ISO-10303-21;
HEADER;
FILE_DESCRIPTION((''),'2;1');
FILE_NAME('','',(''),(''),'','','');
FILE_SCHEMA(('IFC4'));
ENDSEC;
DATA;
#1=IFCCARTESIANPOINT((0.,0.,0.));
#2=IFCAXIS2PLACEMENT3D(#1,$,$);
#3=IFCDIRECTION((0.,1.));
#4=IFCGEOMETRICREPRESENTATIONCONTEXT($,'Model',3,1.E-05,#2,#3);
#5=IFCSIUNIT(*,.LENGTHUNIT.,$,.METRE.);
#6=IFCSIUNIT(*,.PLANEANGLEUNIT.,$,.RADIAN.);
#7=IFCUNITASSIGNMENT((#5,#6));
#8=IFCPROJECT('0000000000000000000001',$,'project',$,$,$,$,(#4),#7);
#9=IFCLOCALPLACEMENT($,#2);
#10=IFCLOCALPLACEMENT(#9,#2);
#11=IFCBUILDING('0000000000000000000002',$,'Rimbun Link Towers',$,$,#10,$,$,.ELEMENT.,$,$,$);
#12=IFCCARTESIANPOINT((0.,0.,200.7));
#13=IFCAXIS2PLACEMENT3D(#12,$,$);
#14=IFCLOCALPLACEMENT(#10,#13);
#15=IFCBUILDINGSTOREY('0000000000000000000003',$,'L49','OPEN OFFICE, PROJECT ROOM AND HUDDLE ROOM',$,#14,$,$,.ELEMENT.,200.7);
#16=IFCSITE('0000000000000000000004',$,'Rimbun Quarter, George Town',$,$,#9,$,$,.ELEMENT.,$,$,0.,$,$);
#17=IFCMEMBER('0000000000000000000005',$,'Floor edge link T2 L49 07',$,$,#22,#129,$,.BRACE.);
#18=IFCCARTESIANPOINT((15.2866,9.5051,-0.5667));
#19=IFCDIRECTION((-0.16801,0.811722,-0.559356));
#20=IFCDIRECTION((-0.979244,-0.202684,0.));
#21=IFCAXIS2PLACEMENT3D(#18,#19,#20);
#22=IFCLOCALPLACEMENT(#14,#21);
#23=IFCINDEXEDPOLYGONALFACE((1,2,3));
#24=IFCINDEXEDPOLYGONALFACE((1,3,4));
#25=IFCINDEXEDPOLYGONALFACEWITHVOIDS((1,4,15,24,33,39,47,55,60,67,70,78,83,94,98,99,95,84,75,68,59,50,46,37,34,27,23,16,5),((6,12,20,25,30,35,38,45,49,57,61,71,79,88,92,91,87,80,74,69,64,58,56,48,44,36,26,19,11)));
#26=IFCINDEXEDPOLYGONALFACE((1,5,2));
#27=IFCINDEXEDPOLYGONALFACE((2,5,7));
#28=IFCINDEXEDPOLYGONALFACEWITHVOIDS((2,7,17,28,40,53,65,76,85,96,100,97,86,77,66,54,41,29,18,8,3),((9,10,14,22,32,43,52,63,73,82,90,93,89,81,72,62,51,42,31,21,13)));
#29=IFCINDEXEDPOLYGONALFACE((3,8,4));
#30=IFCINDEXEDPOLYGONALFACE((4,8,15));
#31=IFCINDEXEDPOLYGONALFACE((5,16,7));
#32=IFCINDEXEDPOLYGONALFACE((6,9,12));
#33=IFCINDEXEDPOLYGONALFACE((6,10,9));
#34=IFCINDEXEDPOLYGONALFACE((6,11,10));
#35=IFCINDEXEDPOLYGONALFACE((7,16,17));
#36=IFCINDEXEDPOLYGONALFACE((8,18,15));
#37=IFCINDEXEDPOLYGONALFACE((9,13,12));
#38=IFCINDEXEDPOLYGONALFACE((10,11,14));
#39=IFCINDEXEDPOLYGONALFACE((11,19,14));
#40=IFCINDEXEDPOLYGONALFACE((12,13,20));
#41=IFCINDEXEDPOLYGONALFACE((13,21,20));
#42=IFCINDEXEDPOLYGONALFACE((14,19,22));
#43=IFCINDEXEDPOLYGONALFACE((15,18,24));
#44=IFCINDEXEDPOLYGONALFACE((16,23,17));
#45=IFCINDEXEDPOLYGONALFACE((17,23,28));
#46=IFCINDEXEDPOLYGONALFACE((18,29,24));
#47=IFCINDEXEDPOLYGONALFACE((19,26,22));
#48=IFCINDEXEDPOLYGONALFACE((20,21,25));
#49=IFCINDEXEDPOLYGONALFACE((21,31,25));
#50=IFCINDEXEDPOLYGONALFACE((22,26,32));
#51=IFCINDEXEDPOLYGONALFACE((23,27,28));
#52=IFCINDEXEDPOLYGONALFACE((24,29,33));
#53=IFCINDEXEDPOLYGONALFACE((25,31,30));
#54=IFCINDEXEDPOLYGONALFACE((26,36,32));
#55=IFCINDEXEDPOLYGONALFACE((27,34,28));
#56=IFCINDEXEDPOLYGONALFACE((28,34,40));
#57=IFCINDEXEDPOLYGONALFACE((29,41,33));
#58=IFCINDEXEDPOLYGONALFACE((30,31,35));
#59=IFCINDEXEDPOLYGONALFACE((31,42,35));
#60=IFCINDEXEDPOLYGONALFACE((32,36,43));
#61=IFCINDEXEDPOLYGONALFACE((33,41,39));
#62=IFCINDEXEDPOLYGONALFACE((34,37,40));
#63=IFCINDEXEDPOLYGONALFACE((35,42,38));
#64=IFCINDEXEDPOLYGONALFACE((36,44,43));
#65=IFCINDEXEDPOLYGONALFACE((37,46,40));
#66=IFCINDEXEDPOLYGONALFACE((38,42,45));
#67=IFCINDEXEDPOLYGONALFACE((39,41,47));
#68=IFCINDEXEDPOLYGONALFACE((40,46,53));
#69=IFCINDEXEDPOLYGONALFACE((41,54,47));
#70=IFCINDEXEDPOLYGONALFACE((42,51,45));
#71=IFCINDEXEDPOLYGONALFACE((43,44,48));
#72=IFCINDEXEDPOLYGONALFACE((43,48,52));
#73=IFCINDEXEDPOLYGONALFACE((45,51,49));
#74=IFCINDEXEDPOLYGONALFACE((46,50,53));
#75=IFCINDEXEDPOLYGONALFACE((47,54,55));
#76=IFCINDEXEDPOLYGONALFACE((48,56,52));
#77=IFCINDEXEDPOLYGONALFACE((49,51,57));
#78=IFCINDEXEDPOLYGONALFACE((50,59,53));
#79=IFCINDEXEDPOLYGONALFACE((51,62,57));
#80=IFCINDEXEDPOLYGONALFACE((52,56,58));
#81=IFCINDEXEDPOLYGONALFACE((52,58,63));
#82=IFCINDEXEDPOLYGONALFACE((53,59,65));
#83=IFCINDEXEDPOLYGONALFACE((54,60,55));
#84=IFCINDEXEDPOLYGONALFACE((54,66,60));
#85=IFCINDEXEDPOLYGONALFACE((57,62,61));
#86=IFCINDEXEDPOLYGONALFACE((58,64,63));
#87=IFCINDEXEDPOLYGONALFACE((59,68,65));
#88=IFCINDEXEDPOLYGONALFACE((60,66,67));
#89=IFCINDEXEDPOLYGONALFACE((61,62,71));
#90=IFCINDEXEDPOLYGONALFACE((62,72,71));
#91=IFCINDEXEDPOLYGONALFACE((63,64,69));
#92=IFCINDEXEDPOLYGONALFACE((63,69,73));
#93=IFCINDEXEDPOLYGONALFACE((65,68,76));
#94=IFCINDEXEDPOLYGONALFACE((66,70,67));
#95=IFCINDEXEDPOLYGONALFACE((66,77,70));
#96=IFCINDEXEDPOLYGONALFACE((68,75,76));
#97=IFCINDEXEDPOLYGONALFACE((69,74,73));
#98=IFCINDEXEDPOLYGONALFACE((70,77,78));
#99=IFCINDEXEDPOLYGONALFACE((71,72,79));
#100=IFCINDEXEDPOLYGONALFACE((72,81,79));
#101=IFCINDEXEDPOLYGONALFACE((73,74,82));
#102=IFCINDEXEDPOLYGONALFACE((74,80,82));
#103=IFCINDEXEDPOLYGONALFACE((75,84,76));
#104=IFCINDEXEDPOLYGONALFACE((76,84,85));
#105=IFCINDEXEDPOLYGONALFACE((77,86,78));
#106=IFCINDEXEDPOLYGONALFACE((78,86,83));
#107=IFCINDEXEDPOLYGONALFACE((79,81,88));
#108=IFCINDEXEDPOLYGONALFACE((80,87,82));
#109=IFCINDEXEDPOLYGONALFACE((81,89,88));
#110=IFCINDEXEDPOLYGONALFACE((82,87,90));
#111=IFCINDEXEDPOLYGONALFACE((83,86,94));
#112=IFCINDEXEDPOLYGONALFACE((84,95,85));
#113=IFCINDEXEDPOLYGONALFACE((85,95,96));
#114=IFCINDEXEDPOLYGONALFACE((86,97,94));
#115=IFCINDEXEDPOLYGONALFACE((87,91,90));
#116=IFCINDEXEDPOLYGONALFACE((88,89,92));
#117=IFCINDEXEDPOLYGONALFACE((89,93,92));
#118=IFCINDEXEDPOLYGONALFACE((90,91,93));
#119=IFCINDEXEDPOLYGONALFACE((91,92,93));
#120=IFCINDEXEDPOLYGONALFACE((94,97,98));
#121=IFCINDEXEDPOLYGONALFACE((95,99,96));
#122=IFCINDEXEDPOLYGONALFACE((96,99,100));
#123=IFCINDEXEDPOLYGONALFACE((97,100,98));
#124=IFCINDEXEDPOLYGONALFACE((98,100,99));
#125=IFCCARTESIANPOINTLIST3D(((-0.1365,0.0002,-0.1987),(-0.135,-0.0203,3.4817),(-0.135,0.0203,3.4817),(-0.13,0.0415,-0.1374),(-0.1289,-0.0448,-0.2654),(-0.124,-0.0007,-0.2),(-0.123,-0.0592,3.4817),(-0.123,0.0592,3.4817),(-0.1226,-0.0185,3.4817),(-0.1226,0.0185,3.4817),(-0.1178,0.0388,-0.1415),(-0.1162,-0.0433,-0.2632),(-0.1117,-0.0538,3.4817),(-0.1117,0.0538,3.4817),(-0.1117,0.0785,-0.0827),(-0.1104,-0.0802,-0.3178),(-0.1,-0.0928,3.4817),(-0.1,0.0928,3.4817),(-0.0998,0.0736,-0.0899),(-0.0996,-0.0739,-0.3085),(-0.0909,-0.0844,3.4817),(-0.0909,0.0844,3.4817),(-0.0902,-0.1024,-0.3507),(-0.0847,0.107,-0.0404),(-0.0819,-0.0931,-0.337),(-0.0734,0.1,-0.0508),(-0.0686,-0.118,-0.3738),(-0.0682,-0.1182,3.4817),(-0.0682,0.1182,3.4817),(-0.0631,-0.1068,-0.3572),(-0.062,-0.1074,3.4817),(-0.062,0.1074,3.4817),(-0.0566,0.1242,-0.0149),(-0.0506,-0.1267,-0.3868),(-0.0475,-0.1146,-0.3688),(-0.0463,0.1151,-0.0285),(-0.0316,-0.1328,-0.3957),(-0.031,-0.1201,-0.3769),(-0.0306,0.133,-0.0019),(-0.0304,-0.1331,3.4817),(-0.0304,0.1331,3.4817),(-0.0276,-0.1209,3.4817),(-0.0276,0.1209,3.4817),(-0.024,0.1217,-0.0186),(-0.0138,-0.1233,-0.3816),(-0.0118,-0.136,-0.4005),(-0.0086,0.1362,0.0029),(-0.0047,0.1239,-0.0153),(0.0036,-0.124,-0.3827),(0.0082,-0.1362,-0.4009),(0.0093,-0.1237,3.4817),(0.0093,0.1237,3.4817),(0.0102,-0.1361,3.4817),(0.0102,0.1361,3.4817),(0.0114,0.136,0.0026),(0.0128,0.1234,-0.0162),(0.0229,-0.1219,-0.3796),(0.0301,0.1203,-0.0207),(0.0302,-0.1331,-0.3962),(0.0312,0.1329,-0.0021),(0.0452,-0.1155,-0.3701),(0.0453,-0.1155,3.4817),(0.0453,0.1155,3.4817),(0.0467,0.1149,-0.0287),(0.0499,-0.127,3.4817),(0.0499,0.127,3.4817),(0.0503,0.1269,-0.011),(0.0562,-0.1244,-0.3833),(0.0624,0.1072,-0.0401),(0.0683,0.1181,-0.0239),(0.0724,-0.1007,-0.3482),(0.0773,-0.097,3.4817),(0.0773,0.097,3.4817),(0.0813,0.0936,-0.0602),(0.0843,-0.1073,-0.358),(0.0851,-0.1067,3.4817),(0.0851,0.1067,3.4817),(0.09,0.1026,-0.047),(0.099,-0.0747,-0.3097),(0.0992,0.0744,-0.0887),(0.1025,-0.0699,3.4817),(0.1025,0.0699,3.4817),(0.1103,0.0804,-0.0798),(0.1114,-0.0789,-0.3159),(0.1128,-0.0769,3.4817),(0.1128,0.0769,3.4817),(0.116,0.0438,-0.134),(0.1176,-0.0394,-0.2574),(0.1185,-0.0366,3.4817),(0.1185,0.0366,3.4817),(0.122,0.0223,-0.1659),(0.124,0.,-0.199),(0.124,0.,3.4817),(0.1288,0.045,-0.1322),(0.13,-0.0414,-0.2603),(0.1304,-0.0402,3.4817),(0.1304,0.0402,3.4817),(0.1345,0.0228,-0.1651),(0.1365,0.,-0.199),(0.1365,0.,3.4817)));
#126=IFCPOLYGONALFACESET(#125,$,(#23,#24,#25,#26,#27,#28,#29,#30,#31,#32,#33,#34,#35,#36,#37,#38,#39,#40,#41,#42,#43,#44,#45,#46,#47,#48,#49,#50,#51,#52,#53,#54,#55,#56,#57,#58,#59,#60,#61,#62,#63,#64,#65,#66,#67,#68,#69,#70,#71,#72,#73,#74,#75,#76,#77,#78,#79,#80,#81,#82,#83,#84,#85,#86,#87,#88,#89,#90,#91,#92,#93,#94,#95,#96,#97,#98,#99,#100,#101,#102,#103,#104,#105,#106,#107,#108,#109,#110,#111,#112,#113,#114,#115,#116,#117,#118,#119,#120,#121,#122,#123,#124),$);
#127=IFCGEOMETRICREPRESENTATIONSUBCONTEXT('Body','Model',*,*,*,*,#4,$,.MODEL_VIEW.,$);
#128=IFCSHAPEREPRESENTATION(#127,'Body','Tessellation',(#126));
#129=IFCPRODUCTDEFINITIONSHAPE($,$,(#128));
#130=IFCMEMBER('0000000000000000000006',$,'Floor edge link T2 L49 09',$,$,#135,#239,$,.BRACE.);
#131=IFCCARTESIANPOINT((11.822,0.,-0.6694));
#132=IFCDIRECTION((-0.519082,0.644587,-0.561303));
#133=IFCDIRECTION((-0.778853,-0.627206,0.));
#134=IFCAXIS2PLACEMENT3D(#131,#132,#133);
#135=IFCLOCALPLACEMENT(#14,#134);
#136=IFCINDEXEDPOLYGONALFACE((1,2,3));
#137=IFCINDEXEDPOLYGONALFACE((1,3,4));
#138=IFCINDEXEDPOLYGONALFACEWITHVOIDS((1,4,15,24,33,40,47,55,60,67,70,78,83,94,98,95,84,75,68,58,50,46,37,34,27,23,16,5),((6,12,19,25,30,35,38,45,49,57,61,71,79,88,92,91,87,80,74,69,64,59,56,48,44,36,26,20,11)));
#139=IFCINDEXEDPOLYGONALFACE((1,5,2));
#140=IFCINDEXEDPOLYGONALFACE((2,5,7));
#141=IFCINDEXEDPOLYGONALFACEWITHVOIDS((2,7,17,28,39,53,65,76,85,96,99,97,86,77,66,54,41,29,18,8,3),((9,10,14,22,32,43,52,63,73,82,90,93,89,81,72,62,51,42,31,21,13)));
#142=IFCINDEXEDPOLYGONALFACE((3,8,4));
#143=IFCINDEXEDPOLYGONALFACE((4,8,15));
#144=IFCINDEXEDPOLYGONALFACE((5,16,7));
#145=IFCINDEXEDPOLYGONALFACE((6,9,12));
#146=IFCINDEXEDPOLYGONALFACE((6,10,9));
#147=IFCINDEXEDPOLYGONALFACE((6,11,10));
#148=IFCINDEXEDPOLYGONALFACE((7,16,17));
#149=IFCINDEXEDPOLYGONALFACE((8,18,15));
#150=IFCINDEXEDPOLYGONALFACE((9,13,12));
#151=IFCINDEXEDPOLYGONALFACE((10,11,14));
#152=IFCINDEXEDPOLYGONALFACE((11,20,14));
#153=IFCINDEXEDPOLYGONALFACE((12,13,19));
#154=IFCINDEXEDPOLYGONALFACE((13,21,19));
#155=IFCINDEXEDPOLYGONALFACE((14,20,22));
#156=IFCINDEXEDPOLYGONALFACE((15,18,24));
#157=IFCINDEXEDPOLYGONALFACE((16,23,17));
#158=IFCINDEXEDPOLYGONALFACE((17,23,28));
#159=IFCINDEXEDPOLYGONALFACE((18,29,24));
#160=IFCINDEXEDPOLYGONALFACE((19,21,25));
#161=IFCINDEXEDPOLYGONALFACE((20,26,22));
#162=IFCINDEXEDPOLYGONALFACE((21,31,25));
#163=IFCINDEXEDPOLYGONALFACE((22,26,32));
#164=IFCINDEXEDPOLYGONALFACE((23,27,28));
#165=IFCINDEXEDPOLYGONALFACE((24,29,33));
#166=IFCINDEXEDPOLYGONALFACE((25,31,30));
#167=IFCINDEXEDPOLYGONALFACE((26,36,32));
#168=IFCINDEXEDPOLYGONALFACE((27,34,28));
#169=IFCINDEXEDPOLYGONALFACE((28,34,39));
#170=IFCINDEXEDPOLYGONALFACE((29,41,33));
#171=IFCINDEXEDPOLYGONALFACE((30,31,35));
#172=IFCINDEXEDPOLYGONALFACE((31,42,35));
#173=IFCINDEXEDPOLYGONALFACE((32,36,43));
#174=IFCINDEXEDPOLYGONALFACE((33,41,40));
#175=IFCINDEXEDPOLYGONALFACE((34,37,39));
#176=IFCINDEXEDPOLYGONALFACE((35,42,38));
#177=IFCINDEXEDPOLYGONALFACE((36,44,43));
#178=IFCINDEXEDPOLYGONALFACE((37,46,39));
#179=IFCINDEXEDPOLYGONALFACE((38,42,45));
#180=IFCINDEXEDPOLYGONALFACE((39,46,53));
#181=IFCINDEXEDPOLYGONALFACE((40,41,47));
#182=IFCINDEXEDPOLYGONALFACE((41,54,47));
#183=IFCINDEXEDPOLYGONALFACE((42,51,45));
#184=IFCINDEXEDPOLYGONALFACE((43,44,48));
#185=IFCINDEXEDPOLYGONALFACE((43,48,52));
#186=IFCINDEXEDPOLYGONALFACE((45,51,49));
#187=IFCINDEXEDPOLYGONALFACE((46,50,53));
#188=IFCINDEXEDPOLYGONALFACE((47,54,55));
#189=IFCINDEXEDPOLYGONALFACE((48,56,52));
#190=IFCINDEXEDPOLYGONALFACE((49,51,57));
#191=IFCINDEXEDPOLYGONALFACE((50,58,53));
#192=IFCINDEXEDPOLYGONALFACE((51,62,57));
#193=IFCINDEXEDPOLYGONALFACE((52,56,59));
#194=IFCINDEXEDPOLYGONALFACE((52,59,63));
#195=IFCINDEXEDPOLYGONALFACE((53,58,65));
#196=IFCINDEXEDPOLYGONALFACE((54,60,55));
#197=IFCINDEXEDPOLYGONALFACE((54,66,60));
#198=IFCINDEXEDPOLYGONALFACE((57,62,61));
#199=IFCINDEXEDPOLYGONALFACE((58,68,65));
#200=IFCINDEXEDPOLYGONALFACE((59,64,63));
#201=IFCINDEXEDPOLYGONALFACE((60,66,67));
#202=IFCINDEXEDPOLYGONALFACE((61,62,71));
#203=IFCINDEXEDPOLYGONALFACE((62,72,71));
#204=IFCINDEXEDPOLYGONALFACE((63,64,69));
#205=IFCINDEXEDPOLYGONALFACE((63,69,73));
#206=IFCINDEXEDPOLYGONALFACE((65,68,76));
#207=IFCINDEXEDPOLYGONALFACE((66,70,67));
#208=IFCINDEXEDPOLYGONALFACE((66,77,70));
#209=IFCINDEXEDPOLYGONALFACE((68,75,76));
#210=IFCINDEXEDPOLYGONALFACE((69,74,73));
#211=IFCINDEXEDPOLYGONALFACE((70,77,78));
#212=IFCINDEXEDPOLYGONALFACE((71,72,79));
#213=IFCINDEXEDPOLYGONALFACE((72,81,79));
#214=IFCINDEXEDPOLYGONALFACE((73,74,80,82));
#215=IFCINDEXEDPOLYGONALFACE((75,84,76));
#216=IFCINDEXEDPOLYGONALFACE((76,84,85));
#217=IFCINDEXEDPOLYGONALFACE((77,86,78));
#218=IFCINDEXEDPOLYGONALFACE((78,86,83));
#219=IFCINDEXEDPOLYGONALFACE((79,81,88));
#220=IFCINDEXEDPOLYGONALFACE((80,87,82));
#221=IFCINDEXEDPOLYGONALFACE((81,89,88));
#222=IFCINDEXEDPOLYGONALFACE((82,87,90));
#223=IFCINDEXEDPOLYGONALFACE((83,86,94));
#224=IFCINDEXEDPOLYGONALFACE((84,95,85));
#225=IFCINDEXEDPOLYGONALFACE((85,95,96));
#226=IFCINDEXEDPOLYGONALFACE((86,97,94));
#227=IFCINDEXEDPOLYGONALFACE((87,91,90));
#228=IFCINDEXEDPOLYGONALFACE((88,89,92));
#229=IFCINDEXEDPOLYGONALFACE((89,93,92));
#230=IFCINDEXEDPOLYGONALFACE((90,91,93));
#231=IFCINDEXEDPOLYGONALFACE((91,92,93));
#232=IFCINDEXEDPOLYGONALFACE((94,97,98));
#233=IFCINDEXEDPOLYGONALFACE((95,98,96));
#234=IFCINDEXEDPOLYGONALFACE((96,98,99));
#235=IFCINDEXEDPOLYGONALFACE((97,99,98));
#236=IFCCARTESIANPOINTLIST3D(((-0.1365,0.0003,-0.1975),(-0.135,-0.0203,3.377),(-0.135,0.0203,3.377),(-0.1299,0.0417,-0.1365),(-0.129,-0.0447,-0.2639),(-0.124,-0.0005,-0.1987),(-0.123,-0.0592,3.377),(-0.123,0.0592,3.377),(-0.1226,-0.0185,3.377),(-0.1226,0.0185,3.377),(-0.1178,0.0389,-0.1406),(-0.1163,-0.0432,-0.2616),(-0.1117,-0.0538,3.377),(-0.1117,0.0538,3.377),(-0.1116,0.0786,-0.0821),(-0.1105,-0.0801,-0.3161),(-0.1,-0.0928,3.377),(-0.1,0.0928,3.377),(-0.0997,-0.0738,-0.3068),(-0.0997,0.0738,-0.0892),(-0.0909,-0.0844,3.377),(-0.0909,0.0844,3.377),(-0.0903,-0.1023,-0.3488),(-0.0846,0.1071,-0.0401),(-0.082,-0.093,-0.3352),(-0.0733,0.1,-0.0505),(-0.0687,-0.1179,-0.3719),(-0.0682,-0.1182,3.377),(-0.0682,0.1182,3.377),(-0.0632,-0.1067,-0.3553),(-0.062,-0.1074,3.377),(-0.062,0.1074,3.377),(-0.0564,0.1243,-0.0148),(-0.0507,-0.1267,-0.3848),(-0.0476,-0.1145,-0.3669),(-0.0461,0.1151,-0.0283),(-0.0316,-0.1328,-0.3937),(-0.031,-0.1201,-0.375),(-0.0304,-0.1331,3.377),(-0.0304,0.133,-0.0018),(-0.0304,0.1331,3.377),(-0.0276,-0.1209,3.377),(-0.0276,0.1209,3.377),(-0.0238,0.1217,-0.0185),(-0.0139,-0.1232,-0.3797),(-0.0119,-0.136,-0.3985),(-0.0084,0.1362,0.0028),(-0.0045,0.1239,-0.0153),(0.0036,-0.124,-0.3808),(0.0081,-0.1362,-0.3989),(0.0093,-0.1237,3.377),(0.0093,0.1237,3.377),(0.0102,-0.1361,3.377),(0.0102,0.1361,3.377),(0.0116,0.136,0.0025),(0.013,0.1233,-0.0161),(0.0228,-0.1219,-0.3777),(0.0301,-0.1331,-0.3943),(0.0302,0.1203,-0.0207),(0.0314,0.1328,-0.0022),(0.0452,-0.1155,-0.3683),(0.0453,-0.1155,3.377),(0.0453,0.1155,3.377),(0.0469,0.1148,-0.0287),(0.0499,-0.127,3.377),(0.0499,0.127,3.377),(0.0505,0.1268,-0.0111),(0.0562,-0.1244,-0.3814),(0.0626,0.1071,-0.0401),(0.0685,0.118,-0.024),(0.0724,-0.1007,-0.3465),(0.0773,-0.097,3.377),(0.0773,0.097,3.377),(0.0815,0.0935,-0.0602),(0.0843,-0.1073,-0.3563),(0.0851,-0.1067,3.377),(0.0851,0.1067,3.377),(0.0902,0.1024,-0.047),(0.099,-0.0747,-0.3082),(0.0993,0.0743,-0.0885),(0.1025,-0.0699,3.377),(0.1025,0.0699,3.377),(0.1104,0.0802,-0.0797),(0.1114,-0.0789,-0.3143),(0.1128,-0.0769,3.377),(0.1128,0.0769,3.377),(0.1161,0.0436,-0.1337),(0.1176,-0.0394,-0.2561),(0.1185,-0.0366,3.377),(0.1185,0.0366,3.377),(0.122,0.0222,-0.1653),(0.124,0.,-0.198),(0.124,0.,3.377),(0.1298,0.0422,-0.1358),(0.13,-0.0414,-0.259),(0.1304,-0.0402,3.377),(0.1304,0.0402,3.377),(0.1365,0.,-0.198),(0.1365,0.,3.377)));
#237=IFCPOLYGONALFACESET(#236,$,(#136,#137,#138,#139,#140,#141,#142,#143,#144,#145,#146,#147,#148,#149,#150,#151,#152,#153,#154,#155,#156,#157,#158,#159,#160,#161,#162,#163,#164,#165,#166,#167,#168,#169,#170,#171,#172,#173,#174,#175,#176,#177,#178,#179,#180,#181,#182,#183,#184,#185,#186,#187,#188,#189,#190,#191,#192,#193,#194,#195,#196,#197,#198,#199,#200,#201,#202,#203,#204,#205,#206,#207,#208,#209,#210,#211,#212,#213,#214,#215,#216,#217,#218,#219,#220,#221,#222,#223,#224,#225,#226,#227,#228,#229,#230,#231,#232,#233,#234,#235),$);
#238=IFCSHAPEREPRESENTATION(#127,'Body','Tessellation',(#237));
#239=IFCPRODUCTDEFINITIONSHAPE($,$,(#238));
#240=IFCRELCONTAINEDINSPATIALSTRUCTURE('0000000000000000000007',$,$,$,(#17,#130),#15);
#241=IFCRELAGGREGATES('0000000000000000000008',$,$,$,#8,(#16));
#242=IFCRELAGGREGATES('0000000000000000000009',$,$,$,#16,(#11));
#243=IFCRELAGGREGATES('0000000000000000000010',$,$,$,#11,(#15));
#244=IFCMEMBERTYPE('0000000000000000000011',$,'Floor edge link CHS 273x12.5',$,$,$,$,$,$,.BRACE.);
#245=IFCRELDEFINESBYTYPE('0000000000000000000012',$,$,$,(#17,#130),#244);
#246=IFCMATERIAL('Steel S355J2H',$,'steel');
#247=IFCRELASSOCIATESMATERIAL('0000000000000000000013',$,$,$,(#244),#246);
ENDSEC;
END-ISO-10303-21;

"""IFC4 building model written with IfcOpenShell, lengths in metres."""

from ifc_helpers import new_model, si_unit, direction, frame, origin, origin_2d, place, context, subcontext, project, spatial, hollow_circle, extrude, clip, halfspace, material, material_profile, profile_set, type_object, element, save


model = new_model("IFC4")

# Units and contexts
model_context = context("Model", 3, precision=1e-05, world=origin(), true_north=direction((0.0, 1.0)))
body_context = subcontext(model_context, "Body", "Model", "MODEL_VIEW")
ifc_project = project(units=[si_unit("LENGTHUNIT", "METRE"), si_unit("PLANEANGLEUNIT", "RADIAN")], contexts=[model_context])

# Site, building, storey
site_placement = place(None, origin())
site = spatial("IfcSite", under=ifc_project, at=site_placement, Name="Rimbun Quarter, George Town", CompositionType="ELEMENT", RefElevation=0.0)
building_placement = place(site_placement, origin())
building = spatial("IfcBuilding", under=site, at=building_placement, Name="Rimbun Link Towers", CompositionType="ELEMENT")
storey_placement = place(building_placement, frame((0.0, 0.0, 200.7)))
storey = spatial("IfcBuildingStorey", under=building, at=storey_placement, Name="L49", Description="OPEN OFFICE, PROJECT ROOM AND HUDDLE ROOM", CompositionType="ELEMENT", Elevation=200.7)

# Members
ifc_material_1 = material(Name="Steel S355J2H", Category="steel")
ifc_material_profile_1 = material_profile(ifc_material_1, hollow_circle(Radius=0.1365, WallThickness=0.0125, at=origin_2d()), Name="CHS 273x12.5")
ifc_profile_set_1 = profile_set([ifc_material_profile_1], Name="Steel S355J2H")
member_type_1 = type_object("IfcMemberType", Name="Floor edge link CHS 273x12.5", PredefinedType="BRACE", material=ifc_profile_set_1)
member_1_placement = place(storey_placement, frame((15.2866, 9.5051, -0.5667), z_axis=(-0.16801, 0.811722, -0.559356), x_axis=(-0.979244, -0.202684, 0.0)))
element("IfcMember", 1, at=member_1_placement, inside=storey, type_object=member_type_1, Name="Floor edge link T2 L49 07", PredefinedType="BRACE", context=body_context, shape_type="Clipping", body=[
    clip(extrude(hollow_circle(Radius=0.1365, WallThickness=0.0125, at=origin_2d()), frame((0.0, 0.0, -0.4224)), (0.0, 0.0, 1.0), 3.9041), halfspace(frame((0.0, 0.0, -0.199), z_axis=(0.0, 0.828927, -0.559356)), False)),
])
member_2_placement = place(storey_placement, frame((11.822, 0.0, -0.6694), z_axis=(-0.519082, 0.644587, -0.561303), x_axis=(-0.778853, -0.627206, 0.0)))
element("IfcMember", 2, at=member_2_placement, inside=storey, type_object=member_type_1, Name="Floor edge link T2 L49 09", PredefinedType="BRACE", context=body_context, shape_type="Clipping", body=[
    clip(extrude(hollow_circle(Radius=0.1365, WallThickness=0.0125, at=origin_2d()), frame((0.0, 0.0, -0.4204)), (0.0, 0.0, 1.0), 3.7974), halfspace(frame((0.0, 0.0, -0.198), z_axis=(0.0, 0.827611, -0.561303)), False)),
])

save(model, "model.ifc")
